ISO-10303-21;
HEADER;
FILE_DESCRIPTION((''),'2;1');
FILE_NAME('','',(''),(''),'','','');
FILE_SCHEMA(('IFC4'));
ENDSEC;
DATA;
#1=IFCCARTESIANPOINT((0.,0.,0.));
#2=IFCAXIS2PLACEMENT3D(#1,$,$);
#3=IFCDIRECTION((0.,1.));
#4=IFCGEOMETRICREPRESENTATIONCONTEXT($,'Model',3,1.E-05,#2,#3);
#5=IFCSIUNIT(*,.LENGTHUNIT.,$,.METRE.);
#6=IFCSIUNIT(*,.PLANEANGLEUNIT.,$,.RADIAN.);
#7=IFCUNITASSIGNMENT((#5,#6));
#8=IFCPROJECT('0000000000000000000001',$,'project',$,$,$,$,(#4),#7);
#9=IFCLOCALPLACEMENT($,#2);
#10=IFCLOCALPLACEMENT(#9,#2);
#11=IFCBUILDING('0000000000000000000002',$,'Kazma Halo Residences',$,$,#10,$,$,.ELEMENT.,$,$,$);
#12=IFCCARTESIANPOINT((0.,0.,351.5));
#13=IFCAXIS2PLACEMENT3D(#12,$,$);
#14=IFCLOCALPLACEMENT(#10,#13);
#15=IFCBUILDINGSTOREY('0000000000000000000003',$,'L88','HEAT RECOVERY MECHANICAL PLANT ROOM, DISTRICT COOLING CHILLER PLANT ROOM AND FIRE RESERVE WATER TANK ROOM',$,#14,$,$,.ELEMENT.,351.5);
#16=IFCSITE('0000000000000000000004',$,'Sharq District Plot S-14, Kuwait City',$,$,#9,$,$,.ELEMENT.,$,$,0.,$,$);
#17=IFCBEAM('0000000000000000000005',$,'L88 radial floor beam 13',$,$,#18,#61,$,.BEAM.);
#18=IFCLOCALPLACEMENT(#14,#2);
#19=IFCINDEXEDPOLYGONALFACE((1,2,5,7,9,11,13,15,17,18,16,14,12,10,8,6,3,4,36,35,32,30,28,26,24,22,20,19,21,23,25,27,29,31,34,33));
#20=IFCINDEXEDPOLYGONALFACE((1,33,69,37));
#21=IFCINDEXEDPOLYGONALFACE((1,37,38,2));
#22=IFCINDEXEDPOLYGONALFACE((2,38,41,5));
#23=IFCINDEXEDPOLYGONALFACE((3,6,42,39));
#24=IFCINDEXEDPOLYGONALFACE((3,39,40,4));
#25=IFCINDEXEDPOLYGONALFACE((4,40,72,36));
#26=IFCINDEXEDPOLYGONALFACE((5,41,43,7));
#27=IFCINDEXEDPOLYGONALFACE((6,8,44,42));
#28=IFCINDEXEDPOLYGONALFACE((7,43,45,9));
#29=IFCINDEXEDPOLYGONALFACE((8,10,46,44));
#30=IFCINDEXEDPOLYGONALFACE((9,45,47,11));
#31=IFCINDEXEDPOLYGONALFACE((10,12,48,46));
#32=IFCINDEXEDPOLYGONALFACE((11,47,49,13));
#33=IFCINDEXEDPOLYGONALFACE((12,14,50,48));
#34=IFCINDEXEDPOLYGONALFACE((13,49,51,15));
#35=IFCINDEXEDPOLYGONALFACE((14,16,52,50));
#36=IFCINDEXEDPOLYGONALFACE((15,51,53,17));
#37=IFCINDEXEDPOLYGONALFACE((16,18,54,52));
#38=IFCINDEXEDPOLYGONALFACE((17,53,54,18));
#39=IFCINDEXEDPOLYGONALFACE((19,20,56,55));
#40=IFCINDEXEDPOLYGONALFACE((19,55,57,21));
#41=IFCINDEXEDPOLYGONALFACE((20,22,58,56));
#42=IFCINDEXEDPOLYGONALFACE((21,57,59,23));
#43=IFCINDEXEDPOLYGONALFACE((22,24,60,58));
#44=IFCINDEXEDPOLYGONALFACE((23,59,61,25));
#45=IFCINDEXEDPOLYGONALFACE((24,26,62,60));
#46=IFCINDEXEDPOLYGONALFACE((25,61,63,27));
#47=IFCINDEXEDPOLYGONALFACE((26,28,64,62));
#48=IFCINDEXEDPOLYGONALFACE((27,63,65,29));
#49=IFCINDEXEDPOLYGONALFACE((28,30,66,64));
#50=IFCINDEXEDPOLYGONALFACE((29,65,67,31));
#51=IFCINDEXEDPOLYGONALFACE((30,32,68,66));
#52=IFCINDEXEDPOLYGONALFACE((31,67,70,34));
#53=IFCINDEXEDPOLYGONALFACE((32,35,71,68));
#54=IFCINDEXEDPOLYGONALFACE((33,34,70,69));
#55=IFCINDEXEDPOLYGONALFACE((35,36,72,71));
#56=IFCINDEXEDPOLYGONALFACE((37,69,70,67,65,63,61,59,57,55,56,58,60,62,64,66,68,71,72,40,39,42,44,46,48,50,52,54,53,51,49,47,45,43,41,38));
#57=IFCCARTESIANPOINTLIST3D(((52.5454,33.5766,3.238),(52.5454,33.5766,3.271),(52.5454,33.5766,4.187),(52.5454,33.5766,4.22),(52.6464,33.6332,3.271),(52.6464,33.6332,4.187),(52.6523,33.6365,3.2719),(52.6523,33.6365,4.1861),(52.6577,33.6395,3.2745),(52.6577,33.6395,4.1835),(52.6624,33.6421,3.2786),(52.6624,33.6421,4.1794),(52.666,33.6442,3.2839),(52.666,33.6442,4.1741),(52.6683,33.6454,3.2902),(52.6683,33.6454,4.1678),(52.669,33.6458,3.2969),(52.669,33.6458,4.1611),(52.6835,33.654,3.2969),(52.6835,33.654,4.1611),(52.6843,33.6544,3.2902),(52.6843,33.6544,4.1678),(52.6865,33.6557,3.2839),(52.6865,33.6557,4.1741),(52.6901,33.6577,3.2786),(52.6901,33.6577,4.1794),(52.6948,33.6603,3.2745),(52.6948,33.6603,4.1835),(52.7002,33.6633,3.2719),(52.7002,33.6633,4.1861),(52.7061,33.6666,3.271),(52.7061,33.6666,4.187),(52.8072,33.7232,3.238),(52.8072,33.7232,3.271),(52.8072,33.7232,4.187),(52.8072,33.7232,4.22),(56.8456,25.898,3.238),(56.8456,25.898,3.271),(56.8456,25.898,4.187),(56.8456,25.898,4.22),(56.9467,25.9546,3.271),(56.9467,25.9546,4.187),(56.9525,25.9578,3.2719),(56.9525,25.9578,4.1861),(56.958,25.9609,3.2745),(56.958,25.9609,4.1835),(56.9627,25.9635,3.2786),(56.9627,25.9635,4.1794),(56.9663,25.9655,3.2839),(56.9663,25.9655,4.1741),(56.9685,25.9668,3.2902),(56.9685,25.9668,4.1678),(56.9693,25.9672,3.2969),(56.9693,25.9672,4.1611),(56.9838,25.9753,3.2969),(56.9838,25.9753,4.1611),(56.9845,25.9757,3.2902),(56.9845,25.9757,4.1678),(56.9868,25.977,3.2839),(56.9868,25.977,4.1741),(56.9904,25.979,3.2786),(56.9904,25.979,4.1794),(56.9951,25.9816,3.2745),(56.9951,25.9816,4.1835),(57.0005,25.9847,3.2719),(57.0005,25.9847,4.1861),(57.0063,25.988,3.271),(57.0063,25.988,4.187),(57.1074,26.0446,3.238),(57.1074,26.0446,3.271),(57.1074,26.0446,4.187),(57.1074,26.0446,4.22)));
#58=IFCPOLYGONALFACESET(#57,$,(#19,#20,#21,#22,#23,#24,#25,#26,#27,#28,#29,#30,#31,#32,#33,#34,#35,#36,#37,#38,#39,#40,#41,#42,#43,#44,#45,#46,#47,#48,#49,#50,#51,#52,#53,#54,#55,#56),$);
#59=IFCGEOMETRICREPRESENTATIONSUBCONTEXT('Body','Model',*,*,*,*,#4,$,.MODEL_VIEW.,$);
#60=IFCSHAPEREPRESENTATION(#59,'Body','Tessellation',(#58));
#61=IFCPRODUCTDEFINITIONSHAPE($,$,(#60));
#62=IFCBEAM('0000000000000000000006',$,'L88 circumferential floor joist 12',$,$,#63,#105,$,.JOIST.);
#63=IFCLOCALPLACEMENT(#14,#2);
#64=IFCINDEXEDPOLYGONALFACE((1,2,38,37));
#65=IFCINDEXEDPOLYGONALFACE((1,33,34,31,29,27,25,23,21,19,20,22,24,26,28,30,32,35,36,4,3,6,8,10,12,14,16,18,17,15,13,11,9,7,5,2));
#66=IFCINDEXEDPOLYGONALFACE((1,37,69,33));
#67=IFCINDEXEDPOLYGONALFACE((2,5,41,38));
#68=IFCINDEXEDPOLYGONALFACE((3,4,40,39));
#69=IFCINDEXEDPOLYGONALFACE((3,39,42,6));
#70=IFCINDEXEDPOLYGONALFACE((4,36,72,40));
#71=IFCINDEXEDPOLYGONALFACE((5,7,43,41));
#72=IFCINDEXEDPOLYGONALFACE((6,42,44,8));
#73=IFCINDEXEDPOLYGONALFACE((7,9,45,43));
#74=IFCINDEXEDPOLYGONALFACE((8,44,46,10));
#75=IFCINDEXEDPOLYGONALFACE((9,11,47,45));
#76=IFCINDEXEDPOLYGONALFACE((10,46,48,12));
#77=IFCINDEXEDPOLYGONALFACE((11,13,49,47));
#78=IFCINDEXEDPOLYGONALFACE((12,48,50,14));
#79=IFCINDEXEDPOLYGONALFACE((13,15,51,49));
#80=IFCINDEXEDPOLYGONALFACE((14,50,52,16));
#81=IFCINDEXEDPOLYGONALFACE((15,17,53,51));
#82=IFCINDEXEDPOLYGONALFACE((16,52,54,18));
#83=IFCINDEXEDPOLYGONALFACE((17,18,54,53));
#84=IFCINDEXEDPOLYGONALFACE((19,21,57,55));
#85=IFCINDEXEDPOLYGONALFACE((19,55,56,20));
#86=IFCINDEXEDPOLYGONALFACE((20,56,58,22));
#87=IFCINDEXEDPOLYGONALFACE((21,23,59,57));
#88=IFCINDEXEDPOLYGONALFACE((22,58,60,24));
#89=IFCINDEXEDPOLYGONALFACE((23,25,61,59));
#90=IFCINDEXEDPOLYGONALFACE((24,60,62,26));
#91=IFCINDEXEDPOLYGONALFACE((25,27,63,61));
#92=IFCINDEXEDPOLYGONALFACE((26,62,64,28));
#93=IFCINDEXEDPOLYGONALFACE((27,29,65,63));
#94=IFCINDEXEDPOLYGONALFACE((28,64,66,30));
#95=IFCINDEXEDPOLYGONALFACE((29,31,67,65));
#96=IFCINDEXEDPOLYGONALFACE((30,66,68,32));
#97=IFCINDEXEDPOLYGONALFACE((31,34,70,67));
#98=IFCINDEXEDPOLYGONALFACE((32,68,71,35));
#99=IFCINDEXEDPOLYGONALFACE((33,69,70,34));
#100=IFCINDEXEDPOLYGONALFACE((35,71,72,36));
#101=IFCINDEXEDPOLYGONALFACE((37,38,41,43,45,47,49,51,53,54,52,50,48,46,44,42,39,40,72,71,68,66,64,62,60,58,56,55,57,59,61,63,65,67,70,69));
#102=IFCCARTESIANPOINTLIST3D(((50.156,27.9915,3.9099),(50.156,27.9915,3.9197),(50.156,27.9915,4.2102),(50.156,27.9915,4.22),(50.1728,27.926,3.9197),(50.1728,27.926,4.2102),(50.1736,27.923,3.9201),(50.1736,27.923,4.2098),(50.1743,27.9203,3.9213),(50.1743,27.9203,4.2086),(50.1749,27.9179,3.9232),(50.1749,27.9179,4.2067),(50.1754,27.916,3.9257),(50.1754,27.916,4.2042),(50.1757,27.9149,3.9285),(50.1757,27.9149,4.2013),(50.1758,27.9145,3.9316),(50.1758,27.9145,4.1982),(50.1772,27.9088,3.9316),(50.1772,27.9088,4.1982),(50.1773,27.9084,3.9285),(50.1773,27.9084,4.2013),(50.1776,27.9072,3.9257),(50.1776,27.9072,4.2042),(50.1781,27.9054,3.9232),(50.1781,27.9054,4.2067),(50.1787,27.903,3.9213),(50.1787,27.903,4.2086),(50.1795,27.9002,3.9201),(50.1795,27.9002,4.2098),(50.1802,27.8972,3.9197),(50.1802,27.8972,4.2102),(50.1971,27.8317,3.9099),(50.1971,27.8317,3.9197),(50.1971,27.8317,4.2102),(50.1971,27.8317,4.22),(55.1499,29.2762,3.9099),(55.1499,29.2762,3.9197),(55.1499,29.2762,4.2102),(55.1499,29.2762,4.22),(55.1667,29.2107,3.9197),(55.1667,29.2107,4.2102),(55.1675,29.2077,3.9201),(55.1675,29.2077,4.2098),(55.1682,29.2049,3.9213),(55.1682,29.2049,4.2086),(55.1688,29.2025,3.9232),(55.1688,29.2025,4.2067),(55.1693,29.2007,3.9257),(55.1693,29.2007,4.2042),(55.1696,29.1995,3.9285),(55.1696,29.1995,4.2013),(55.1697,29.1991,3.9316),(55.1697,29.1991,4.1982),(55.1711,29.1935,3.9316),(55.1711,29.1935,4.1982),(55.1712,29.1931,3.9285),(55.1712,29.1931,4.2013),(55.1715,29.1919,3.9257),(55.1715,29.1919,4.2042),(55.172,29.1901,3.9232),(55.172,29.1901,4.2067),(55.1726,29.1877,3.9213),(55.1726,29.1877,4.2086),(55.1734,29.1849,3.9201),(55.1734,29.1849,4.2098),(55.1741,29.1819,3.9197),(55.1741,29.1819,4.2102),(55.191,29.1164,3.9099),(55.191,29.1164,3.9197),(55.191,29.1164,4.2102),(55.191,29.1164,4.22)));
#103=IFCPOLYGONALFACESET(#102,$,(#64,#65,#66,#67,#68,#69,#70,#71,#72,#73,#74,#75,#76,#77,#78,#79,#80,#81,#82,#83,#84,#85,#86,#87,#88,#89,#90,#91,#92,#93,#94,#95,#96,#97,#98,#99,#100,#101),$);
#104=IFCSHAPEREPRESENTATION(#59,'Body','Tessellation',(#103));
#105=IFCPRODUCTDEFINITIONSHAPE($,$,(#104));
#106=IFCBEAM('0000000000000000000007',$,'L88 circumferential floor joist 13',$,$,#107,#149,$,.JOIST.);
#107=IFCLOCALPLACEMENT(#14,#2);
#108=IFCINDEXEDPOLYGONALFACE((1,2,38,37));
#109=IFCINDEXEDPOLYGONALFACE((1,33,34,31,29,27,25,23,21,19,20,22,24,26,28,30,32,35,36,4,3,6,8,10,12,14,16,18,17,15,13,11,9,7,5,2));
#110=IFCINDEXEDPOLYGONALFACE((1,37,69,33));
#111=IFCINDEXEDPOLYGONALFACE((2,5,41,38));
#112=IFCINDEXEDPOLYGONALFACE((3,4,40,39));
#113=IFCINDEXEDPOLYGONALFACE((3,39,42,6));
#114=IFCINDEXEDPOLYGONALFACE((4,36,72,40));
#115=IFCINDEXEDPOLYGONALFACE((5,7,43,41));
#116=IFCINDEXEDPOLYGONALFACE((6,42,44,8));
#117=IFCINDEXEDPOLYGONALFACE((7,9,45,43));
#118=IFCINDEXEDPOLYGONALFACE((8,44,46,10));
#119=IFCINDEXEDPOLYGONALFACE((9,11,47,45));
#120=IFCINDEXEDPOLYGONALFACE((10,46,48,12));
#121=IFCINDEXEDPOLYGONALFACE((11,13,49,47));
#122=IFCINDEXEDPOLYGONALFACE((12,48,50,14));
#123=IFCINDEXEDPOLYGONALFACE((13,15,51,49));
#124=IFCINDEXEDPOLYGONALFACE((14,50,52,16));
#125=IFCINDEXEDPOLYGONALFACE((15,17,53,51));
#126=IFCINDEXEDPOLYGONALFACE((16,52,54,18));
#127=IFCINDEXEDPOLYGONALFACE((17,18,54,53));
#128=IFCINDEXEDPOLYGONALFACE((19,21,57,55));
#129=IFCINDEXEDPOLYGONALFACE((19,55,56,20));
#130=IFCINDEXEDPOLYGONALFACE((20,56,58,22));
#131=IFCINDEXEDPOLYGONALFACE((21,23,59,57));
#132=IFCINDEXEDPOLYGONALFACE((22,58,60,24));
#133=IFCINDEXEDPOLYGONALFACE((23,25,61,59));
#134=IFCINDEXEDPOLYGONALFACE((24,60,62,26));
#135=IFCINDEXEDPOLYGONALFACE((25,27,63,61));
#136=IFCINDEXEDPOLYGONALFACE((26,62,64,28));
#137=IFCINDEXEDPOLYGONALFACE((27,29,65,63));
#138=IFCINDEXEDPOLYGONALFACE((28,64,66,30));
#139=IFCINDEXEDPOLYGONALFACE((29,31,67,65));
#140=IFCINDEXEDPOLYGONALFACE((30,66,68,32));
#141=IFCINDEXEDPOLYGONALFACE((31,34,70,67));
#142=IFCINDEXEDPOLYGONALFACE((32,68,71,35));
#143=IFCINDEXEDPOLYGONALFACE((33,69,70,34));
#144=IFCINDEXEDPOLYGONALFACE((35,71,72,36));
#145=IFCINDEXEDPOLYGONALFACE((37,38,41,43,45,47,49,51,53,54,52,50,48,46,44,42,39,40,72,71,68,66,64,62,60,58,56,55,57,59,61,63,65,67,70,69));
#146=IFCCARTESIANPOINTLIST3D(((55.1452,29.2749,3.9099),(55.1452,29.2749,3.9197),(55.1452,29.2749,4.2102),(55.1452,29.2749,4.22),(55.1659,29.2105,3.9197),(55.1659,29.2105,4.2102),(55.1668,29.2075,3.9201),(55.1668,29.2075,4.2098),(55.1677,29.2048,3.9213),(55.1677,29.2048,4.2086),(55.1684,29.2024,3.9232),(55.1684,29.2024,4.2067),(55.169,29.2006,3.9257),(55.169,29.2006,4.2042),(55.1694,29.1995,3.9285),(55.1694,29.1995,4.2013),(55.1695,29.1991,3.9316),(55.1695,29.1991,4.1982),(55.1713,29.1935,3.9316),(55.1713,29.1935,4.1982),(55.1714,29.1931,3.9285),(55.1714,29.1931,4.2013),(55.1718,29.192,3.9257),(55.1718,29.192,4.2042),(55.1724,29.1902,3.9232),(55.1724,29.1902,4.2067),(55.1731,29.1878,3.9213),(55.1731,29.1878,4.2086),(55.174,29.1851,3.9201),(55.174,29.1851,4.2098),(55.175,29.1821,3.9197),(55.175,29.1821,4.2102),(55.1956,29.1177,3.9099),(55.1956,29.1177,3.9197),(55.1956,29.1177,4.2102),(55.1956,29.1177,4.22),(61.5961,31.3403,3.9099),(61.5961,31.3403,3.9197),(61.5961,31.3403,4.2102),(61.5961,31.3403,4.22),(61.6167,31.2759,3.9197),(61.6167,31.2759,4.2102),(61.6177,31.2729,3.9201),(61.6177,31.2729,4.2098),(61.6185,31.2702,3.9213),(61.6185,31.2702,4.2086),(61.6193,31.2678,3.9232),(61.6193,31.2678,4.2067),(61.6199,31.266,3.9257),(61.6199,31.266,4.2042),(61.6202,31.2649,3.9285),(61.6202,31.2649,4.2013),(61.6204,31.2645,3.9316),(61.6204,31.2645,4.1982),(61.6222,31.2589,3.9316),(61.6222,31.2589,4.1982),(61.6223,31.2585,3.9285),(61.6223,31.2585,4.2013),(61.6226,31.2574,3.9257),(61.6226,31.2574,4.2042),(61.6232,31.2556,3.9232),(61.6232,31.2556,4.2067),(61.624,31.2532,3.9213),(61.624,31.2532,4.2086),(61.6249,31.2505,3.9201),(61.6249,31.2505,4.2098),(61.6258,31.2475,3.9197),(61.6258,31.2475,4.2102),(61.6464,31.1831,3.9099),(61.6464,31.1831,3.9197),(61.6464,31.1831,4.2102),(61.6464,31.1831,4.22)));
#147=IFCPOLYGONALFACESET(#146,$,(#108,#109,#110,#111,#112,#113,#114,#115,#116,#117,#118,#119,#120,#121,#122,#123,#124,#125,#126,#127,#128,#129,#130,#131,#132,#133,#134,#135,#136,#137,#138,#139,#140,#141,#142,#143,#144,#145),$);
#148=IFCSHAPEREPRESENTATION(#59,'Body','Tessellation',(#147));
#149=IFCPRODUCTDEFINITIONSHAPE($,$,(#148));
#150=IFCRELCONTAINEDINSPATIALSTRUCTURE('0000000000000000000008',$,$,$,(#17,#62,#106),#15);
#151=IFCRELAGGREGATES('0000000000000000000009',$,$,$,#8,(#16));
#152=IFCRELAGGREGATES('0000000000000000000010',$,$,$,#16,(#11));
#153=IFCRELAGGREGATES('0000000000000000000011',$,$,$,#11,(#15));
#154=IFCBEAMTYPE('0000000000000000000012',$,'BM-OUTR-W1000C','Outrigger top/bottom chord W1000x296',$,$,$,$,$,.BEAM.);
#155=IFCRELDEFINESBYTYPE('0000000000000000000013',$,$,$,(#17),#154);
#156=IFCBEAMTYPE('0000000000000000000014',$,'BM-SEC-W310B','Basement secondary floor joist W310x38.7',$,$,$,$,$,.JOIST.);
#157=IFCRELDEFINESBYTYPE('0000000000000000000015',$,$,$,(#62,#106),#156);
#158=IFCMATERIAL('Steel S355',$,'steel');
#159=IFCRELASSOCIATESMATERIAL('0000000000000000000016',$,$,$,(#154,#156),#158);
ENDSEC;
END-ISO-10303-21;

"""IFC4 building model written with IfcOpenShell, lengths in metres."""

from ifc_helpers import new_model, si_unit, direction, frame, origin, origin_2d, place, context, subcontext, project, spatial, i_section, extrude, material, material_profile, profile_set, type_object, element, save


model = new_model("IFC4")

# Units and contexts
model_context = context("Model", 3, precision=1e-05, world=origin(), true_north=direction((0.0, 1.0)))
body_context = subcontext(model_context, "Body", "Model", "MODEL_VIEW")
ifc_project = project(units=[si_unit("LENGTHUNIT", "METRE"), si_unit("PLANEANGLEUNIT", "RADIAN")], contexts=[model_context])

# Site, building, storey
site_placement = place(None, origin())
site = spatial("IfcSite", under=ifc_project, at=site_placement, Name="Sharq District Plot S-14, Kuwait City", CompositionType="ELEMENT", RefElevation=0.0)
building_placement = place(site_placement, origin())
building = spatial("IfcBuilding", under=site, at=building_placement, Name="Kazma Halo Residences", CompositionType="ELEMENT")
storey_placement = place(building_placement, frame((0.0, 0.0, 351.5)))
storey = spatial("IfcBuildingStorey", under=building, at=storey_placement, Name="L88", Description="HEAT RECOVERY MECHANICAL PLANT ROOM, DISTRICT COOLING CHILLER PLANT ROOM AND FIRE RESERVE WATER TANK ROOM", CompositionType="ELEMENT", Elevation=351.5)

# Shared definitions
ifc_material_1 = material(Name="Steel S355", Category="steel")

# Beams
ifc_material_profile_1 = material_profile(ifc_material_1, i_section(OverallWidth=0.3, OverallDepth=0.9819, WebThickness=0.0166, FlangeThickness=0.033, FilletRadius=0.0259, at=origin_2d()), Name="W1000x296")
ifc_profile_set_1 = profile_set([ifc_material_profile_1], Name="Steel S355")
beam_type_1 = type_object("IfcBeamType", Name="BM-OUTR-W1000C", Description="Outrigger top/bottom chord W1000x296", PredefinedType="BEAM", material=ifc_profile_set_1)
beam_1_placement = place(storey_placement, frame((52.6763, 33.6499, 3.729), z_axis=(0.488622, -0.872496, 0.0), x_axis=(0.872496, 0.488622, 0.0)))
element("IfcBeam", 1, at=beam_1_placement, inside=storey, type_object=beam_type_1, Name="L88 radial floor beam 13", PredefinedType="BEAM", context=body_context, shape_type="SweptSolid", body=[
    extrude(i_section(OverallWidth=0.3, OverallDepth=0.9819, WebThickness=0.0166, FlangeThickness=0.033, FilletRadius=0.0259, at=origin_2d()), origin(), (0.0, 0.0, 1.0), 8.8008),
])
ifc_material_profile_2 = material_profile(ifc_material_1, i_section(OverallWidth=0.165, OverallDepth=0.3101, WebThickness=0.0059, FlangeThickness=0.0098, FilletRadius=0.012, at=origin_2d()), Name="W310x38.7")
ifc_profile_set_2 = profile_set([ifc_material_profile_2], Name="Steel S355")
beam_type_2 = type_object("IfcBeamType", Name="BM-SEC-W310B", Description="Basement secondary floor joist W310x38.7", PredefinedType="JOIST", material=ifc_profile_set_2)
beam_2_placement = place(storey_placement, frame((50.1765, 27.9116, 4.0649), z_axis=(0.968468, 0.249136, 0.0), x_axis=(-0.249136, 0.968468, 0.0)))
element("IfcBeam", 2, at=beam_2_placement, inside=storey, type_object=beam_type_2, Name="L88 circumferential floor joist 12", PredefinedType="JOIST", context=body_context, shape_type="SweptSolid", body=[
    extrude(i_section(OverallWidth=0.165, OverallDepth=0.3101, WebThickness=0.0059, FlangeThickness=0.0098, FilletRadius=0.012, at=origin_2d()), origin(), (0.0, 0.0, 1.0), 5.1565),
])
beam_3_placement = place(storey_placement, frame((55.1704, 29.1963, 4.0649), z_axis=(0.952376, 0.304927, 0.0), x_axis=(-0.304927, 0.952376, 0.0)))
element("IfcBeam", 3, at=beam_3_placement, inside=storey, type_object=beam_type_2, Name="L88 circumferential floor joist 13", PredefinedType="JOIST", context=body_context, shape_type="SweptSolid", body=[
    extrude(i_section(OverallWidth=0.165, OverallDepth=0.3101, WebThickness=0.0059, FlangeThickness=0.0098, FilletRadius=0.012, at=origin_2d()), origin(), (0.0, 0.0, 1.0), 6.7734),
])

save(model, "model.ifc")
